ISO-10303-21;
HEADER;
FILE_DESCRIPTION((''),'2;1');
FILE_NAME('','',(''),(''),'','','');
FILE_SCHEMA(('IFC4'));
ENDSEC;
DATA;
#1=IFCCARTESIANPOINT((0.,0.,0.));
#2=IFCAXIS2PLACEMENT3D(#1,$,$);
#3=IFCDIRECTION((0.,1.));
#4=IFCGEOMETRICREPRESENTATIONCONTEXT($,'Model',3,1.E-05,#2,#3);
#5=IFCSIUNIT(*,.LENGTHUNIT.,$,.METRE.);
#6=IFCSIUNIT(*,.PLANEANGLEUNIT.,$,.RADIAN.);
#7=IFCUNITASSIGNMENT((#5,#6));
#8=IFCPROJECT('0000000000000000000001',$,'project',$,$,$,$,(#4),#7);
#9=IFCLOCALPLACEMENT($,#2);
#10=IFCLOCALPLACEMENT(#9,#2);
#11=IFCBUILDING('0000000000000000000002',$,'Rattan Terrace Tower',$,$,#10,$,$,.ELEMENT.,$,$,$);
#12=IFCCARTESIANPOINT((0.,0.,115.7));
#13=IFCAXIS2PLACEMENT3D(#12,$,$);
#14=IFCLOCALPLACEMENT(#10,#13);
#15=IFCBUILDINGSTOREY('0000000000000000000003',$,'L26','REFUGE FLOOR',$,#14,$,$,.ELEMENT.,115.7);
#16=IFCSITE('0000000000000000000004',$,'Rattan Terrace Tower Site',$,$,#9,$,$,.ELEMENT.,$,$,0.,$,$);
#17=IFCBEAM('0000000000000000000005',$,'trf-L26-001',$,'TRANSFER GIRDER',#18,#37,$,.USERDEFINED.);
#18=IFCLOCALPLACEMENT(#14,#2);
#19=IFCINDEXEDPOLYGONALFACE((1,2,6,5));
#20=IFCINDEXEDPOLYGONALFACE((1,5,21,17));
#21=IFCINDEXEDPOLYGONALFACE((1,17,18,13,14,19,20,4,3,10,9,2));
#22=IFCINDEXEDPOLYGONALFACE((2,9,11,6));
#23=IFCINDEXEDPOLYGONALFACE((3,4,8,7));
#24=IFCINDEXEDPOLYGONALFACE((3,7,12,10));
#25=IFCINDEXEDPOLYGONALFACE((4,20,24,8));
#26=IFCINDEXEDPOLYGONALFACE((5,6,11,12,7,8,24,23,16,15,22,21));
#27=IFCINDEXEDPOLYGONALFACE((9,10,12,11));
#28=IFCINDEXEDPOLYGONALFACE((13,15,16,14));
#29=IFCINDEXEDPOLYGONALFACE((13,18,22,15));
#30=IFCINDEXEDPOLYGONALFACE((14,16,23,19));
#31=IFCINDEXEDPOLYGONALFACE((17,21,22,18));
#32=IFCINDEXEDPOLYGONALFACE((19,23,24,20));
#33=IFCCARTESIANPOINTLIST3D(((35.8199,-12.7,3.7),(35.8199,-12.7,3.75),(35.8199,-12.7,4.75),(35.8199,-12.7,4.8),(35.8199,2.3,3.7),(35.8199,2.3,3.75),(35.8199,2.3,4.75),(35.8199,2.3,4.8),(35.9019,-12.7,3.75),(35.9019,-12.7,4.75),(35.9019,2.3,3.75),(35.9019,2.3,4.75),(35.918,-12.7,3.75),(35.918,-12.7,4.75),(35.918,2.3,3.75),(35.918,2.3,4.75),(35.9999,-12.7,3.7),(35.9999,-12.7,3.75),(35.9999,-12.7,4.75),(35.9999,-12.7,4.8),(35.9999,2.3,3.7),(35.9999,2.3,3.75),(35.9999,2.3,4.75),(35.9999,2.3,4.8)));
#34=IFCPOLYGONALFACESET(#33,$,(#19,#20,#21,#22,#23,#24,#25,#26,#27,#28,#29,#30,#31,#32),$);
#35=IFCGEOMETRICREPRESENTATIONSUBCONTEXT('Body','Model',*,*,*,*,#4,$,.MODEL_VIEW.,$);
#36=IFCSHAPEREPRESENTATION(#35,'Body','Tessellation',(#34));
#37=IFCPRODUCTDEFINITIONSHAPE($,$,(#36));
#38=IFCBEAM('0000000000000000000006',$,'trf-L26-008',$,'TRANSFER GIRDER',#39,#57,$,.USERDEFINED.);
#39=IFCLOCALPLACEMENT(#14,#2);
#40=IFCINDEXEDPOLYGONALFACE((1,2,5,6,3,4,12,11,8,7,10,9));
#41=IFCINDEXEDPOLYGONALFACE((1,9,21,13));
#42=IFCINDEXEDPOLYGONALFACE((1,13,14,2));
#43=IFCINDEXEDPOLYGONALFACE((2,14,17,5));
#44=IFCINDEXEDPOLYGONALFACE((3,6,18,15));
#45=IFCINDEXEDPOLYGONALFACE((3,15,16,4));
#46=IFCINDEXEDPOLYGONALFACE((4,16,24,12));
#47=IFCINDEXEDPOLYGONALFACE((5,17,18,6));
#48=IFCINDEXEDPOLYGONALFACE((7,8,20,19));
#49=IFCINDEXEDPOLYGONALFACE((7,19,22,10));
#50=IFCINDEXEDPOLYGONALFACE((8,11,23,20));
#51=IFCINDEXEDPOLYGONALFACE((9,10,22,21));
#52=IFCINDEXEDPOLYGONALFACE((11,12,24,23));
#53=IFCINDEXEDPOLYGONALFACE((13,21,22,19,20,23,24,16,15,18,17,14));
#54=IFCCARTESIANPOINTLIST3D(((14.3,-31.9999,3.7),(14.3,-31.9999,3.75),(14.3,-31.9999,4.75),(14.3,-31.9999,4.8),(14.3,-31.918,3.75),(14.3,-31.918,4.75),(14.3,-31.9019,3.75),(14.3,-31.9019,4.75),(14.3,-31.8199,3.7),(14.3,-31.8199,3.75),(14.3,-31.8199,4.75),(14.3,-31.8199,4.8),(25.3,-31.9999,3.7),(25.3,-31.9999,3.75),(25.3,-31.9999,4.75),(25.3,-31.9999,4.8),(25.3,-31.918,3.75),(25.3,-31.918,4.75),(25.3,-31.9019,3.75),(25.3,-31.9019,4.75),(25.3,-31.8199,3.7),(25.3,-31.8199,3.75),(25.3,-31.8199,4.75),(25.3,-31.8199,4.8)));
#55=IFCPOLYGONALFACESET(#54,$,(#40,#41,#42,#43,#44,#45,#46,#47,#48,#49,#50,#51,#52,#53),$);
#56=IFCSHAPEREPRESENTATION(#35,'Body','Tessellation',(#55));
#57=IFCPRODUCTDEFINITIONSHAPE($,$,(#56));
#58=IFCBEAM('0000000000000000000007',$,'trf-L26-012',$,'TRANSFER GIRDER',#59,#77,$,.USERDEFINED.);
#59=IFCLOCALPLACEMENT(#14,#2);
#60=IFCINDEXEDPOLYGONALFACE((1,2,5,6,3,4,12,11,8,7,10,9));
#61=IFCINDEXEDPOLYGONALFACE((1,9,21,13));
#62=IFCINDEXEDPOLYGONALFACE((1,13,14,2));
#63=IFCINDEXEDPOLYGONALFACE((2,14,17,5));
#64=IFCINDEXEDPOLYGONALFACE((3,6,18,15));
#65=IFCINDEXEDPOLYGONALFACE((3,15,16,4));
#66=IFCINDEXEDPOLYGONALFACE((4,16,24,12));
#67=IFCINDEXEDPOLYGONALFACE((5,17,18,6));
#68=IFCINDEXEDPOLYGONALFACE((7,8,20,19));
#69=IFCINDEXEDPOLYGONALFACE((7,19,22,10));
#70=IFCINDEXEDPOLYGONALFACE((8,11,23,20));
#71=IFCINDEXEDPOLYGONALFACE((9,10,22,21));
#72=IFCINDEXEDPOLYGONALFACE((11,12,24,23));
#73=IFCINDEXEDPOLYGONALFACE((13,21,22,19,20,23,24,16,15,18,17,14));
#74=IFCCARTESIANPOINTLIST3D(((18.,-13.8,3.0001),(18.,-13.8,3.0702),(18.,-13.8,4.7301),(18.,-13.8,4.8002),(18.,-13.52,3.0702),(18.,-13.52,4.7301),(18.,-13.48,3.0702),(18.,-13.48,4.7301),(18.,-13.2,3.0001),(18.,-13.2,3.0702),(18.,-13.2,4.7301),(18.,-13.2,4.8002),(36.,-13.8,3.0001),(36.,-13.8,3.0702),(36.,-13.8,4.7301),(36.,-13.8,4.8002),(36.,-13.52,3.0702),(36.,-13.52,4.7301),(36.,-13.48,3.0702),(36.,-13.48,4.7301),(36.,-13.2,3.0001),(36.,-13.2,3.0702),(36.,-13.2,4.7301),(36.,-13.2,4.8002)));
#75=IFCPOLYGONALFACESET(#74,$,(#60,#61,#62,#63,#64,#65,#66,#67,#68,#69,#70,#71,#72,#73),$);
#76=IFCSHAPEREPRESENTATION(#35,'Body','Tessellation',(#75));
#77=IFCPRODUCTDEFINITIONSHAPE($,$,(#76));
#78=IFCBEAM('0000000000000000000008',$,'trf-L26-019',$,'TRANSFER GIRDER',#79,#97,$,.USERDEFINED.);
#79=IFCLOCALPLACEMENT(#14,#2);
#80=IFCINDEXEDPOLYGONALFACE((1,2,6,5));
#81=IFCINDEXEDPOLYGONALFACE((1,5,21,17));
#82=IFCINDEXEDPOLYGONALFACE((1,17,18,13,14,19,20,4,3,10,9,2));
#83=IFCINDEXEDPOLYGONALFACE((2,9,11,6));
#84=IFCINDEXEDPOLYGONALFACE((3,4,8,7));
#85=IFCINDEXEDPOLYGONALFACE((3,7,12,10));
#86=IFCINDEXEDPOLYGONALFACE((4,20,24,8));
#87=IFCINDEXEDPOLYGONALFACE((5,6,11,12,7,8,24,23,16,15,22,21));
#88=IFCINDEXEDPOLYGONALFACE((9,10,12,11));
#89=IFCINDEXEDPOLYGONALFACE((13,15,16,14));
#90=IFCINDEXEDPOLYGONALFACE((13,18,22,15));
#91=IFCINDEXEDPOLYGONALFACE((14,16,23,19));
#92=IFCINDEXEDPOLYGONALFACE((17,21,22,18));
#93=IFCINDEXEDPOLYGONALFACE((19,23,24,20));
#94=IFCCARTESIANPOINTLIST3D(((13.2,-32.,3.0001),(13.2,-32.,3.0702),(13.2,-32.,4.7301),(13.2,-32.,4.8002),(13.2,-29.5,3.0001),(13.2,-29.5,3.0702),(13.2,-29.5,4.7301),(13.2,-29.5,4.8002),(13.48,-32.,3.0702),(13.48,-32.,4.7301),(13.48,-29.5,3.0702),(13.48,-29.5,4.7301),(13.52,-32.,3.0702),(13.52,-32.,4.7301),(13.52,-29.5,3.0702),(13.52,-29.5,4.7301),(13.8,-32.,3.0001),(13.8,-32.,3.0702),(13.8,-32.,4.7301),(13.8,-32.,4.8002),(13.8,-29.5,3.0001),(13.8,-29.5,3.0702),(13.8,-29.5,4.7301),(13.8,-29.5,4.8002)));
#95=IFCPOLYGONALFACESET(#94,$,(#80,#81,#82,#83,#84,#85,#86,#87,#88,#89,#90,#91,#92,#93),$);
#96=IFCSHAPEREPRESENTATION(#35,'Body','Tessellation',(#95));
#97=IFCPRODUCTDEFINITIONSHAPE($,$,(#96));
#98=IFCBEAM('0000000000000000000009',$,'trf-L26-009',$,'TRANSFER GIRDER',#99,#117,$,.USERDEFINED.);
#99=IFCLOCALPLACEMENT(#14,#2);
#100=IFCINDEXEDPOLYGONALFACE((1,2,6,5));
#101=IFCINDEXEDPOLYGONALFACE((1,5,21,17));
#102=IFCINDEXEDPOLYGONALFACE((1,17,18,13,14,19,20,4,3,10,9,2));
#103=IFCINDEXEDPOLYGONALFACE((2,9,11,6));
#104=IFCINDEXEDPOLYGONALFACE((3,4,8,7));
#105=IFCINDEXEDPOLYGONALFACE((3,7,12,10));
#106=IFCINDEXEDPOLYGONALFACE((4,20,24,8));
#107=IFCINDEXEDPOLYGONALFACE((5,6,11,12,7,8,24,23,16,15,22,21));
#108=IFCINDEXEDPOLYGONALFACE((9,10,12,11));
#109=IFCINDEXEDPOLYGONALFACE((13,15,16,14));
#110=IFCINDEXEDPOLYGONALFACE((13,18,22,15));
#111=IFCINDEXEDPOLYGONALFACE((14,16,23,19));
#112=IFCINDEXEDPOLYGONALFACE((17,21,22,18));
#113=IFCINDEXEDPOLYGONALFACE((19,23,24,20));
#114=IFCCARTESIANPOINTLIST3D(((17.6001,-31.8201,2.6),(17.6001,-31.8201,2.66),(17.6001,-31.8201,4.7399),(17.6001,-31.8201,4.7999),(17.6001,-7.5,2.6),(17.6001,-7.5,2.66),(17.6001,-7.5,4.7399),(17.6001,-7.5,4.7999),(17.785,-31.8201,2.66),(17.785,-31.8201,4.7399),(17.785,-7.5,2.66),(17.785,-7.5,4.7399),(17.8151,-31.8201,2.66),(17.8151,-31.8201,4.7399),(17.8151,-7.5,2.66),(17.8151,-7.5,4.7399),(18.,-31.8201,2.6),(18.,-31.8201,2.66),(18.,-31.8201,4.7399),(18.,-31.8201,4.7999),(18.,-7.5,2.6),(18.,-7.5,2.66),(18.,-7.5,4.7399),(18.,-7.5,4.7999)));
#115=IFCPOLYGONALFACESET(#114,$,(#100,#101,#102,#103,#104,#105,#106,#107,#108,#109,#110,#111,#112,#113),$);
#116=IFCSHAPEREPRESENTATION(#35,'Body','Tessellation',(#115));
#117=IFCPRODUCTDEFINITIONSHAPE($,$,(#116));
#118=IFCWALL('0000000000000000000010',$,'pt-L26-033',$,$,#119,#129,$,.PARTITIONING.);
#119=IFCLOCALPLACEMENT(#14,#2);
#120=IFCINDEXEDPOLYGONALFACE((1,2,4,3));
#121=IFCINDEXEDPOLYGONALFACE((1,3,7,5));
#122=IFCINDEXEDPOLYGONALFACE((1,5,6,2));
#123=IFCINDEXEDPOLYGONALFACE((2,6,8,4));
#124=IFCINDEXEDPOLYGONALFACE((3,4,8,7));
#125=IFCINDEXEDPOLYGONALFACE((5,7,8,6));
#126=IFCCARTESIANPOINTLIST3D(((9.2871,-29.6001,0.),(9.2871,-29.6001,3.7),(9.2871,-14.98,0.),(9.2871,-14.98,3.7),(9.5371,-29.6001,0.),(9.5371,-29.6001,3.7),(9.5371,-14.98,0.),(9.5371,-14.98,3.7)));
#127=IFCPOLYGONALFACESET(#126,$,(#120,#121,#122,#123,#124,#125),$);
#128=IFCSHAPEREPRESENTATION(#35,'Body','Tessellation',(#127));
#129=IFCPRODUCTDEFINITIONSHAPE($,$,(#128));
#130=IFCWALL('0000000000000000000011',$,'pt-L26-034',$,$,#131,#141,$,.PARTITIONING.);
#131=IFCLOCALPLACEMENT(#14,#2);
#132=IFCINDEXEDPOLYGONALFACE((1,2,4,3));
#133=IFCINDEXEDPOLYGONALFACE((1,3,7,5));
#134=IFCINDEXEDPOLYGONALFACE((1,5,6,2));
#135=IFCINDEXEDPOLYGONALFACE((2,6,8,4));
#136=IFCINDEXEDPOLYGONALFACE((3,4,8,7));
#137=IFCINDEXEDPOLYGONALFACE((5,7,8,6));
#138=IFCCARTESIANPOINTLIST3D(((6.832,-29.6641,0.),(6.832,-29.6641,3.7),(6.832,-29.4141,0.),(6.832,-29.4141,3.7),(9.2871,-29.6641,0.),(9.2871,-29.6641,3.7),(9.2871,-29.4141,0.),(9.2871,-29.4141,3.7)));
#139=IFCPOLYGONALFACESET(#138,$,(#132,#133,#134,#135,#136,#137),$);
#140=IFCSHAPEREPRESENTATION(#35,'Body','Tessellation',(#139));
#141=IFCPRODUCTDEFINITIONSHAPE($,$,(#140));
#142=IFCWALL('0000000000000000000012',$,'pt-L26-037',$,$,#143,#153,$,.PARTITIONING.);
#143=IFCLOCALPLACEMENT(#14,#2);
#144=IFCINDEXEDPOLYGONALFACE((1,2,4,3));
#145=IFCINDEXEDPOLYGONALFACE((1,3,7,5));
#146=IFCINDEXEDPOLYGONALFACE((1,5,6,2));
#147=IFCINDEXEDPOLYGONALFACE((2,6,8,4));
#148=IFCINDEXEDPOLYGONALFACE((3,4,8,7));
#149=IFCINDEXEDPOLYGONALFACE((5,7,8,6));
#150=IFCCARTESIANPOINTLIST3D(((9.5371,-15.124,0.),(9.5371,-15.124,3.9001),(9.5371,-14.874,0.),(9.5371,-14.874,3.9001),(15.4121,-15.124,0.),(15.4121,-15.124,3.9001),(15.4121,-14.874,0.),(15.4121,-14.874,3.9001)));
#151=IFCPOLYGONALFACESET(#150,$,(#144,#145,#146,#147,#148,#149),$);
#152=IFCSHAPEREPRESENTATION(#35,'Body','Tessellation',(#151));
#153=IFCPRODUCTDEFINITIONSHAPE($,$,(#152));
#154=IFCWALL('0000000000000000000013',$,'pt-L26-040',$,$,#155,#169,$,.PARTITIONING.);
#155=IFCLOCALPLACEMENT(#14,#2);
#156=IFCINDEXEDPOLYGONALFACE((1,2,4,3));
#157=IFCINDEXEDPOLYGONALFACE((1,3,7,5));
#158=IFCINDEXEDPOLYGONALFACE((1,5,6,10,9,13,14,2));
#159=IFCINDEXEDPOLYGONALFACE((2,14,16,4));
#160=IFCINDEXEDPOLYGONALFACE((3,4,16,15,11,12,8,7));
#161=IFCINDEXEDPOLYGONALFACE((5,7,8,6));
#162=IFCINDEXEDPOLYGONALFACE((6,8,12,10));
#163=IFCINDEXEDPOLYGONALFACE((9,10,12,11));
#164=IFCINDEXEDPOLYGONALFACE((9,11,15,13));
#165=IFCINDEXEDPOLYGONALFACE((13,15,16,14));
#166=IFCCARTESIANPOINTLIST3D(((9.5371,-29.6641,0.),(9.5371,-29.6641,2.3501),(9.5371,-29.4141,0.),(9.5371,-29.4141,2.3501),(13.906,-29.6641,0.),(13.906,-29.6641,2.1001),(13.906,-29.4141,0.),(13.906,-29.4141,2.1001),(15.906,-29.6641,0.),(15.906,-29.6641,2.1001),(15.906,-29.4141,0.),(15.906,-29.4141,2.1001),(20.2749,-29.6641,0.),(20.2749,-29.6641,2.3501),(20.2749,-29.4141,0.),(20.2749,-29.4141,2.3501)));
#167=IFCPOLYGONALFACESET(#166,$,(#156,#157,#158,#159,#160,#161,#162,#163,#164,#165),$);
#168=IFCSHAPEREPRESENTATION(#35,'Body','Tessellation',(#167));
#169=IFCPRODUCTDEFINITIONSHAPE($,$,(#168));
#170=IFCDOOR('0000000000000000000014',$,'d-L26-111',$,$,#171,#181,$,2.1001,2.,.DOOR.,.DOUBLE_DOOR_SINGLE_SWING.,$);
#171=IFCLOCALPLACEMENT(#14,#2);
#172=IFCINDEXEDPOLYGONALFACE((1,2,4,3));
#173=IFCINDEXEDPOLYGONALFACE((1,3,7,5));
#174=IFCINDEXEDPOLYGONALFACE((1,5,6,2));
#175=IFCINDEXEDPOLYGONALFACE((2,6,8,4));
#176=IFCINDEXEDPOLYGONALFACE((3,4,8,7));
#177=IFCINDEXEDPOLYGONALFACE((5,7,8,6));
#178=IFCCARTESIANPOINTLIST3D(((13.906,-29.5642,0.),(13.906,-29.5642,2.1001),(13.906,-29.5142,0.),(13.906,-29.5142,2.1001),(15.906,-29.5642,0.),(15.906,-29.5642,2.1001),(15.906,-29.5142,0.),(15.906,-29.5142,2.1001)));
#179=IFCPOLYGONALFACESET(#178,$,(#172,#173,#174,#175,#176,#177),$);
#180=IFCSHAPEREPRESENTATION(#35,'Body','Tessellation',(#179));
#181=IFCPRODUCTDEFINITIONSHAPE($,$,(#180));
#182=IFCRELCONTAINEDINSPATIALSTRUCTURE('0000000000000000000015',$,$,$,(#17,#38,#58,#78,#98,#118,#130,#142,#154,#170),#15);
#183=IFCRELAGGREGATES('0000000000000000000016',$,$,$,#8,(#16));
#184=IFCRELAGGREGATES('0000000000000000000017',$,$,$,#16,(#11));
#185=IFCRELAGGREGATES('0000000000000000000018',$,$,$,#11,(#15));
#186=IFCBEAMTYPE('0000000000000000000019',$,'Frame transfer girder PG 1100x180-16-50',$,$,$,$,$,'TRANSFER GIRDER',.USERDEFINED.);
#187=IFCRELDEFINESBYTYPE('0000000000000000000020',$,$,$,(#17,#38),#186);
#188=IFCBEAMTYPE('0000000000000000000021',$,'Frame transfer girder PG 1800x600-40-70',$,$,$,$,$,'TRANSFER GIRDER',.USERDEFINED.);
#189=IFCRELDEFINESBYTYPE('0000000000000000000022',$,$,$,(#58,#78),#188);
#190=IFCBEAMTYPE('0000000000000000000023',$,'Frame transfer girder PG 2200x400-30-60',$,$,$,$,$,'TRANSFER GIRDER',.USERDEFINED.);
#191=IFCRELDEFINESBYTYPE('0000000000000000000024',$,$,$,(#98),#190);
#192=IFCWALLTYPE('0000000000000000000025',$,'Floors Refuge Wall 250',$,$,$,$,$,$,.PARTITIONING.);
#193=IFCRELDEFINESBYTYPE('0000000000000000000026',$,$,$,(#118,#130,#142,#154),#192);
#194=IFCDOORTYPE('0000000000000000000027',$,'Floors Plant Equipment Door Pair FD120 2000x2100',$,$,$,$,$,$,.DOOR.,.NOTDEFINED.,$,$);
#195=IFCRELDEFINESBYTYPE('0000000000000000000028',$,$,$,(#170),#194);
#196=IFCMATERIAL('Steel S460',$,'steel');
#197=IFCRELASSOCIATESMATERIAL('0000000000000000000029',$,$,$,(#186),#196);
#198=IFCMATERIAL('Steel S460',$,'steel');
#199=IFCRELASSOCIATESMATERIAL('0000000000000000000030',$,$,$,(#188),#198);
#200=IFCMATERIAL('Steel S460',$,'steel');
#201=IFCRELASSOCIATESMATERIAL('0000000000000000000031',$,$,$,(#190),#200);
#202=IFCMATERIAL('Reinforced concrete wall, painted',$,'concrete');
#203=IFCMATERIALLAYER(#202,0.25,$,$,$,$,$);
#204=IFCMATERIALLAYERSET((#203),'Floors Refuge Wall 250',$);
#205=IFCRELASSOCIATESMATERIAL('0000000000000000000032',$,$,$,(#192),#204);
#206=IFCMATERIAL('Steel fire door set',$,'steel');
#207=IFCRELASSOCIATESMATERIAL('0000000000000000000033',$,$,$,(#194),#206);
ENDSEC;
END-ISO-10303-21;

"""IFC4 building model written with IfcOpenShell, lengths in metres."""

from ifc_helpers import new_model, si_unit, direction, frame, frame_2d, origin, origin_2d, place, context, subcontext, project, spatial, rectangle, i_section, extrude, material, layer, layer_set, material_profile, profile_set, type_object, element, fill, save


model = new_model("IFC4")

# Units and contexts
model_context = context("Model", 3, precision=1e-05, world=origin(), true_north=direction((0.0, 1.0)))
body_context = subcontext(model_context, "Body", "Model", "MODEL_VIEW")
ifc_project = project(units=[si_unit("LENGTHUNIT", "METRE"), si_unit("PLANEANGLEUNIT", "RADIAN")], contexts=[model_context])

# Site, building, storey
site_placement = place(None, origin())
site = spatial("IfcSite", under=ifc_project, at=site_placement, Name="Rattan Terrace Tower Site", CompositionType="ELEMENT", RefElevation=0.0)
building_placement = place(site_placement, origin())
building = spatial("IfcBuilding", under=site, at=building_placement, Name="Rattan Terrace Tower", CompositionType="ELEMENT")
storey_placement = place(building_placement, frame((0.0, 0.0, 115.7)))
storey = spatial("IfcBuildingStorey", under=building, at=storey_placement, Name="L26", Description="REFUGE FLOOR", CompositionType="ELEMENT", Elevation=115.7)

# Beams
ifc_material_1 = material(Name="Steel S460", Category="steel")
ifc_material_profile_1 = material_profile(ifc_material_1, i_section(OverallWidth=0.1799, OverallDepth=1.1001, WebThickness=0.0161, FlangeThickness=0.05, at=origin_2d()), Name="PG 1100x180-16-50")
ifc_profile_set_1 = profile_set([ifc_material_profile_1], Name="Steel S460")
beam_type_1 = type_object("IfcBeamType", Name="Frame transfer girder PG 1100x180-16-50", ElementType="TRANSFER GIRDER", PredefinedType="USERDEFINED", material=ifc_profile_set_1)
beam_1_placement = place(storey_placement, frame((35.9099, -12.7, 4.25), z_axis=(0.0, 1.0, 0.0), x_axis=(-1.0, 0.0, 0.0)))
element("IfcBeam", 1, at=beam_1_placement, inside=storey, type_object=beam_type_1, Name="trf-L26-001", ObjectType="TRANSFER GIRDER", PredefinedType="USERDEFINED", context=body_context, shape_type="SweptSolid", body=[
    extrude(i_section(OverallWidth=0.1799, OverallDepth=1.1001, WebThickness=0.0161, FlangeThickness=0.05, at=origin_2d()), origin(), (0.0, 0.0, 1.0), 15.0),
])
beam_2_placement = place(storey_placement, frame((14.3, -31.9099, 4.25), z_axis=(1.0, 0.0, 0.0), x_axis=(0.0, 1.0, 0.0)))
element("IfcBeam", 2, at=beam_2_placement, inside=storey, type_object=beam_type_1, Name="trf-L26-008", ObjectType="TRANSFER GIRDER", PredefinedType="USERDEFINED", context=body_context, shape_type="SweptSolid", body=[
    extrude(i_section(OverallWidth=0.1799, OverallDepth=1.1001, WebThickness=0.0161, FlangeThickness=0.05, at=origin_2d()), origin(), (0.0, 0.0, 1.0), 11.0),
])
ifc_material_2 = material(Name="Steel S460", Category="steel")
ifc_material_profile_2 = material_profile(ifc_material_2, i_section(OverallWidth=0.6001, OverallDepth=1.8, WebThickness=0.04, FlangeThickness=0.0701, at=origin_2d()), Name="PG 1800x600-40-70")
ifc_profile_set_2 = profile_set([ifc_material_profile_2], Name="Steel S460")
beam_type_2 = type_object("IfcBeamType", Name="Frame transfer girder PG 1800x600-40-70", ElementType="TRANSFER GIRDER", PredefinedType="USERDEFINED", material=ifc_profile_set_2)
beam_3_placement = place(storey_placement, frame((18.0, -13.5, 3.9001), z_axis=(1.0, 0.0, 0.0), x_axis=(0.0, 1.0, 0.0)))
element("IfcBeam", 3, at=beam_3_placement, inside=storey, type_object=beam_type_2, Name="trf-L26-012", ObjectType="TRANSFER GIRDER", PredefinedType="USERDEFINED", context=body_context, shape_type="SweptSolid", body=[
    extrude(i_section(OverallWidth=0.6001, OverallDepth=1.8, WebThickness=0.04, FlangeThickness=0.0701, at=origin_2d()), origin(), (0.0, 0.0, 1.0), 18.0),
])
beam_4_placement = place(storey_placement, frame((13.5, -32.0, 3.9001), z_axis=(0.0, 1.0, 0.0), x_axis=(-1.0, 0.0, 0.0)))
element("IfcBeam", 4, at=beam_4_placement, inside=storey, type_object=beam_type_2, Name="trf-L26-019", ObjectType="TRANSFER GIRDER", PredefinedType="USERDEFINED", context=body_context, shape_type="SweptSolid", body=[
    extrude(i_section(OverallWidth=0.6001, OverallDepth=1.8, WebThickness=0.04, FlangeThickness=0.0701, at=origin_2d()), origin(), (0.0, 0.0, 1.0), 2.5),
])
ifc_material_3 = material(Name="Steel S460", Category="steel")
ifc_material_profile_3 = material_profile(ifc_material_3, i_section(OverallWidth=0.3999, OverallDepth=2.2, WebThickness=0.03, FlangeThickness=0.0601, at=origin_2d()), Name="PG 2200x400-30-60")
ifc_profile_set_3 = profile_set([ifc_material_profile_3], Name="Steel S460")
beam_type_3 = type_object("IfcBeamType", Name="Frame transfer girder PG 2200x400-30-60", ElementType="TRANSFER GIRDER", PredefinedType="USERDEFINED", material=ifc_profile_set_3)
beam_5_placement = place(storey_placement, frame((17.8, -31.8201, 3.7), z_axis=(0.0, 1.0, 0.0), x_axis=(-1.0, 0.0, 0.0)))
element("IfcBeam", 5, at=beam_5_placement, inside=storey, type_object=beam_type_3, Name="trf-L26-009", ObjectType="TRANSFER GIRDER", PredefinedType="USERDEFINED", context=body_context, shape_type="SweptSolid", body=[
    extrude(i_section(OverallWidth=0.3999, OverallDepth=2.2, WebThickness=0.03, FlangeThickness=0.0601, at=origin_2d()), origin(), (0.0, 0.0, 1.0), 24.3201),
])

# Walls
ifc_material_4 = material(Name="Reinforced concrete wall, painted", Category="concrete")
ifc_layer = layer(ifc_material_4, 0.25)
ifc_layer_set = layer_set([ifc_layer], Name="Floors Refuge Wall 250")
wall_type = type_object("IfcWallType", Name="Floors Refuge Wall 250", PredefinedType="PARTITIONING", material=ifc_layer_set)
wall_1_placement = place(storey_placement, frame((9.4121, -14.98, 0.0), z_axis=(0.0, 0.0, 1.0), x_axis=(0.0, -1.0, 0.0)))
element("IfcWall", 6, at=wall_1_placement, inside=storey, type_object=wall_type, Name="pt-L26-033", PredefinedType="PARTITIONING", context=body_context, shape_type="SweptSolid", body=[
    extrude(rectangle(XDim=14.6201, YDim=0.25, at=frame_2d((7.3101, 0.0))), origin(), (0.0, 0.0, 1.0), 3.7),
])
wall_2_placement = place(storey_placement, frame((9.2871, -29.5391, 0.0), z_axis=(0.0, 0.0, 1.0), x_axis=(-1.0, 0.0, 0.0)))
element("IfcWall", 7, at=wall_2_placement, inside=storey, type_object=wall_type, Name="pt-L26-034", PredefinedType="PARTITIONING", context=body_context, shape_type="SweptSolid", body=[
    extrude(rectangle(XDim=2.4551, YDim=0.25, at=frame_2d((1.2275, 0.0))), origin(), (0.0, 0.0, 1.0), 3.7),
])
wall_3_placement = place(storey_placement, frame((15.4121, -14.999, 0.0), z_axis=(0.0, 0.0, 1.0), x_axis=(-1.0, 0.0, 0.0)))
element("IfcWall", 8, at=wall_3_placement, inside=storey, type_object=wall_type, Name="pt-L26-037", PredefinedType="PARTITIONING", context=body_context, shape_type="SweptSolid", body=[
    extrude(rectangle(XDim=5.875, YDim=0.25, at=frame_2d((2.9375, 0.0))), origin(), (0.0, 0.0, 1.0), 3.9001),
])

# Wall, opening, door
wall_4_placement = place(storey_placement, frame((9.5371, -29.5391, 0.0), z_axis=(0.0, 0.0, 1.0), x_axis=(1.0, 0.0, 0.0)))
wall_4 = element("IfcWall", 9, at=wall_4_placement, inside=storey, type_object=wall_type, Name="pt-L26-040", PredefinedType="PARTITIONING", context=body_context, shape_type="SweptSolid", body=[
    extrude(rectangle(XDim=10.7378, YDim=0.25, at=frame_2d((5.3689, 0.0))), origin(), (0.0, 0.0, 1.0), 2.3501),
])
opening_1_placement = place(wall_4_placement, frame((4.3689, 0.0, 0.0)))
opening_1 = element("IfcOpeningElement", 10, at=opening_1_placement, cuts=wall_4, PredefinedType="OPENING", context=body_context, shape_type="SweptSolid", body=[
    extrude(rectangle(XDim=2.0, YDim=2.1001, at=frame_2d((1.0, 1.05))), frame((0.0, 0.1355, 0.0), z_axis=(0.0, -1.0, 0.0), x_axis=(1.0, 0.0, 0.0)), (0.0, 0.0, 1.0), 0.271),
])
ifc_material_5 = material(Name="Steel fire door set", Category="steel")
door_type = type_object("IfcDoorType", Name="Floors Plant Equipment Door Pair FD120 2000x2100", OperationType="NOTDEFINED", PredefinedType="DOOR", material=ifc_material_5)
door_1_placement = place(opening_1_placement, origin())
door_1 = element("IfcDoor", 11, at=door_1_placement, inside=storey, type_object=door_type, Name="d-L26-111", OperationType="DOUBLE_DOOR_SINGLE_SWING", OverallHeight=2.1001, OverallWidth=2.0, PredefinedType="DOOR", context=body_context, shape_type="SweptSolid", body=[
    extrude(rectangle(XDim=2.0, YDim=2.1001, at=frame_2d((1.0, 1.05))), frame((0.0, 0.0249, 0.0), z_axis=(0.0, -1.0, 0.0), x_axis=(1.0, 0.0, 0.0)), (0.0, 0.0, 1.0), 0.05),
])
fill(opening_1, door_1)

save(model, "model.ifc")
